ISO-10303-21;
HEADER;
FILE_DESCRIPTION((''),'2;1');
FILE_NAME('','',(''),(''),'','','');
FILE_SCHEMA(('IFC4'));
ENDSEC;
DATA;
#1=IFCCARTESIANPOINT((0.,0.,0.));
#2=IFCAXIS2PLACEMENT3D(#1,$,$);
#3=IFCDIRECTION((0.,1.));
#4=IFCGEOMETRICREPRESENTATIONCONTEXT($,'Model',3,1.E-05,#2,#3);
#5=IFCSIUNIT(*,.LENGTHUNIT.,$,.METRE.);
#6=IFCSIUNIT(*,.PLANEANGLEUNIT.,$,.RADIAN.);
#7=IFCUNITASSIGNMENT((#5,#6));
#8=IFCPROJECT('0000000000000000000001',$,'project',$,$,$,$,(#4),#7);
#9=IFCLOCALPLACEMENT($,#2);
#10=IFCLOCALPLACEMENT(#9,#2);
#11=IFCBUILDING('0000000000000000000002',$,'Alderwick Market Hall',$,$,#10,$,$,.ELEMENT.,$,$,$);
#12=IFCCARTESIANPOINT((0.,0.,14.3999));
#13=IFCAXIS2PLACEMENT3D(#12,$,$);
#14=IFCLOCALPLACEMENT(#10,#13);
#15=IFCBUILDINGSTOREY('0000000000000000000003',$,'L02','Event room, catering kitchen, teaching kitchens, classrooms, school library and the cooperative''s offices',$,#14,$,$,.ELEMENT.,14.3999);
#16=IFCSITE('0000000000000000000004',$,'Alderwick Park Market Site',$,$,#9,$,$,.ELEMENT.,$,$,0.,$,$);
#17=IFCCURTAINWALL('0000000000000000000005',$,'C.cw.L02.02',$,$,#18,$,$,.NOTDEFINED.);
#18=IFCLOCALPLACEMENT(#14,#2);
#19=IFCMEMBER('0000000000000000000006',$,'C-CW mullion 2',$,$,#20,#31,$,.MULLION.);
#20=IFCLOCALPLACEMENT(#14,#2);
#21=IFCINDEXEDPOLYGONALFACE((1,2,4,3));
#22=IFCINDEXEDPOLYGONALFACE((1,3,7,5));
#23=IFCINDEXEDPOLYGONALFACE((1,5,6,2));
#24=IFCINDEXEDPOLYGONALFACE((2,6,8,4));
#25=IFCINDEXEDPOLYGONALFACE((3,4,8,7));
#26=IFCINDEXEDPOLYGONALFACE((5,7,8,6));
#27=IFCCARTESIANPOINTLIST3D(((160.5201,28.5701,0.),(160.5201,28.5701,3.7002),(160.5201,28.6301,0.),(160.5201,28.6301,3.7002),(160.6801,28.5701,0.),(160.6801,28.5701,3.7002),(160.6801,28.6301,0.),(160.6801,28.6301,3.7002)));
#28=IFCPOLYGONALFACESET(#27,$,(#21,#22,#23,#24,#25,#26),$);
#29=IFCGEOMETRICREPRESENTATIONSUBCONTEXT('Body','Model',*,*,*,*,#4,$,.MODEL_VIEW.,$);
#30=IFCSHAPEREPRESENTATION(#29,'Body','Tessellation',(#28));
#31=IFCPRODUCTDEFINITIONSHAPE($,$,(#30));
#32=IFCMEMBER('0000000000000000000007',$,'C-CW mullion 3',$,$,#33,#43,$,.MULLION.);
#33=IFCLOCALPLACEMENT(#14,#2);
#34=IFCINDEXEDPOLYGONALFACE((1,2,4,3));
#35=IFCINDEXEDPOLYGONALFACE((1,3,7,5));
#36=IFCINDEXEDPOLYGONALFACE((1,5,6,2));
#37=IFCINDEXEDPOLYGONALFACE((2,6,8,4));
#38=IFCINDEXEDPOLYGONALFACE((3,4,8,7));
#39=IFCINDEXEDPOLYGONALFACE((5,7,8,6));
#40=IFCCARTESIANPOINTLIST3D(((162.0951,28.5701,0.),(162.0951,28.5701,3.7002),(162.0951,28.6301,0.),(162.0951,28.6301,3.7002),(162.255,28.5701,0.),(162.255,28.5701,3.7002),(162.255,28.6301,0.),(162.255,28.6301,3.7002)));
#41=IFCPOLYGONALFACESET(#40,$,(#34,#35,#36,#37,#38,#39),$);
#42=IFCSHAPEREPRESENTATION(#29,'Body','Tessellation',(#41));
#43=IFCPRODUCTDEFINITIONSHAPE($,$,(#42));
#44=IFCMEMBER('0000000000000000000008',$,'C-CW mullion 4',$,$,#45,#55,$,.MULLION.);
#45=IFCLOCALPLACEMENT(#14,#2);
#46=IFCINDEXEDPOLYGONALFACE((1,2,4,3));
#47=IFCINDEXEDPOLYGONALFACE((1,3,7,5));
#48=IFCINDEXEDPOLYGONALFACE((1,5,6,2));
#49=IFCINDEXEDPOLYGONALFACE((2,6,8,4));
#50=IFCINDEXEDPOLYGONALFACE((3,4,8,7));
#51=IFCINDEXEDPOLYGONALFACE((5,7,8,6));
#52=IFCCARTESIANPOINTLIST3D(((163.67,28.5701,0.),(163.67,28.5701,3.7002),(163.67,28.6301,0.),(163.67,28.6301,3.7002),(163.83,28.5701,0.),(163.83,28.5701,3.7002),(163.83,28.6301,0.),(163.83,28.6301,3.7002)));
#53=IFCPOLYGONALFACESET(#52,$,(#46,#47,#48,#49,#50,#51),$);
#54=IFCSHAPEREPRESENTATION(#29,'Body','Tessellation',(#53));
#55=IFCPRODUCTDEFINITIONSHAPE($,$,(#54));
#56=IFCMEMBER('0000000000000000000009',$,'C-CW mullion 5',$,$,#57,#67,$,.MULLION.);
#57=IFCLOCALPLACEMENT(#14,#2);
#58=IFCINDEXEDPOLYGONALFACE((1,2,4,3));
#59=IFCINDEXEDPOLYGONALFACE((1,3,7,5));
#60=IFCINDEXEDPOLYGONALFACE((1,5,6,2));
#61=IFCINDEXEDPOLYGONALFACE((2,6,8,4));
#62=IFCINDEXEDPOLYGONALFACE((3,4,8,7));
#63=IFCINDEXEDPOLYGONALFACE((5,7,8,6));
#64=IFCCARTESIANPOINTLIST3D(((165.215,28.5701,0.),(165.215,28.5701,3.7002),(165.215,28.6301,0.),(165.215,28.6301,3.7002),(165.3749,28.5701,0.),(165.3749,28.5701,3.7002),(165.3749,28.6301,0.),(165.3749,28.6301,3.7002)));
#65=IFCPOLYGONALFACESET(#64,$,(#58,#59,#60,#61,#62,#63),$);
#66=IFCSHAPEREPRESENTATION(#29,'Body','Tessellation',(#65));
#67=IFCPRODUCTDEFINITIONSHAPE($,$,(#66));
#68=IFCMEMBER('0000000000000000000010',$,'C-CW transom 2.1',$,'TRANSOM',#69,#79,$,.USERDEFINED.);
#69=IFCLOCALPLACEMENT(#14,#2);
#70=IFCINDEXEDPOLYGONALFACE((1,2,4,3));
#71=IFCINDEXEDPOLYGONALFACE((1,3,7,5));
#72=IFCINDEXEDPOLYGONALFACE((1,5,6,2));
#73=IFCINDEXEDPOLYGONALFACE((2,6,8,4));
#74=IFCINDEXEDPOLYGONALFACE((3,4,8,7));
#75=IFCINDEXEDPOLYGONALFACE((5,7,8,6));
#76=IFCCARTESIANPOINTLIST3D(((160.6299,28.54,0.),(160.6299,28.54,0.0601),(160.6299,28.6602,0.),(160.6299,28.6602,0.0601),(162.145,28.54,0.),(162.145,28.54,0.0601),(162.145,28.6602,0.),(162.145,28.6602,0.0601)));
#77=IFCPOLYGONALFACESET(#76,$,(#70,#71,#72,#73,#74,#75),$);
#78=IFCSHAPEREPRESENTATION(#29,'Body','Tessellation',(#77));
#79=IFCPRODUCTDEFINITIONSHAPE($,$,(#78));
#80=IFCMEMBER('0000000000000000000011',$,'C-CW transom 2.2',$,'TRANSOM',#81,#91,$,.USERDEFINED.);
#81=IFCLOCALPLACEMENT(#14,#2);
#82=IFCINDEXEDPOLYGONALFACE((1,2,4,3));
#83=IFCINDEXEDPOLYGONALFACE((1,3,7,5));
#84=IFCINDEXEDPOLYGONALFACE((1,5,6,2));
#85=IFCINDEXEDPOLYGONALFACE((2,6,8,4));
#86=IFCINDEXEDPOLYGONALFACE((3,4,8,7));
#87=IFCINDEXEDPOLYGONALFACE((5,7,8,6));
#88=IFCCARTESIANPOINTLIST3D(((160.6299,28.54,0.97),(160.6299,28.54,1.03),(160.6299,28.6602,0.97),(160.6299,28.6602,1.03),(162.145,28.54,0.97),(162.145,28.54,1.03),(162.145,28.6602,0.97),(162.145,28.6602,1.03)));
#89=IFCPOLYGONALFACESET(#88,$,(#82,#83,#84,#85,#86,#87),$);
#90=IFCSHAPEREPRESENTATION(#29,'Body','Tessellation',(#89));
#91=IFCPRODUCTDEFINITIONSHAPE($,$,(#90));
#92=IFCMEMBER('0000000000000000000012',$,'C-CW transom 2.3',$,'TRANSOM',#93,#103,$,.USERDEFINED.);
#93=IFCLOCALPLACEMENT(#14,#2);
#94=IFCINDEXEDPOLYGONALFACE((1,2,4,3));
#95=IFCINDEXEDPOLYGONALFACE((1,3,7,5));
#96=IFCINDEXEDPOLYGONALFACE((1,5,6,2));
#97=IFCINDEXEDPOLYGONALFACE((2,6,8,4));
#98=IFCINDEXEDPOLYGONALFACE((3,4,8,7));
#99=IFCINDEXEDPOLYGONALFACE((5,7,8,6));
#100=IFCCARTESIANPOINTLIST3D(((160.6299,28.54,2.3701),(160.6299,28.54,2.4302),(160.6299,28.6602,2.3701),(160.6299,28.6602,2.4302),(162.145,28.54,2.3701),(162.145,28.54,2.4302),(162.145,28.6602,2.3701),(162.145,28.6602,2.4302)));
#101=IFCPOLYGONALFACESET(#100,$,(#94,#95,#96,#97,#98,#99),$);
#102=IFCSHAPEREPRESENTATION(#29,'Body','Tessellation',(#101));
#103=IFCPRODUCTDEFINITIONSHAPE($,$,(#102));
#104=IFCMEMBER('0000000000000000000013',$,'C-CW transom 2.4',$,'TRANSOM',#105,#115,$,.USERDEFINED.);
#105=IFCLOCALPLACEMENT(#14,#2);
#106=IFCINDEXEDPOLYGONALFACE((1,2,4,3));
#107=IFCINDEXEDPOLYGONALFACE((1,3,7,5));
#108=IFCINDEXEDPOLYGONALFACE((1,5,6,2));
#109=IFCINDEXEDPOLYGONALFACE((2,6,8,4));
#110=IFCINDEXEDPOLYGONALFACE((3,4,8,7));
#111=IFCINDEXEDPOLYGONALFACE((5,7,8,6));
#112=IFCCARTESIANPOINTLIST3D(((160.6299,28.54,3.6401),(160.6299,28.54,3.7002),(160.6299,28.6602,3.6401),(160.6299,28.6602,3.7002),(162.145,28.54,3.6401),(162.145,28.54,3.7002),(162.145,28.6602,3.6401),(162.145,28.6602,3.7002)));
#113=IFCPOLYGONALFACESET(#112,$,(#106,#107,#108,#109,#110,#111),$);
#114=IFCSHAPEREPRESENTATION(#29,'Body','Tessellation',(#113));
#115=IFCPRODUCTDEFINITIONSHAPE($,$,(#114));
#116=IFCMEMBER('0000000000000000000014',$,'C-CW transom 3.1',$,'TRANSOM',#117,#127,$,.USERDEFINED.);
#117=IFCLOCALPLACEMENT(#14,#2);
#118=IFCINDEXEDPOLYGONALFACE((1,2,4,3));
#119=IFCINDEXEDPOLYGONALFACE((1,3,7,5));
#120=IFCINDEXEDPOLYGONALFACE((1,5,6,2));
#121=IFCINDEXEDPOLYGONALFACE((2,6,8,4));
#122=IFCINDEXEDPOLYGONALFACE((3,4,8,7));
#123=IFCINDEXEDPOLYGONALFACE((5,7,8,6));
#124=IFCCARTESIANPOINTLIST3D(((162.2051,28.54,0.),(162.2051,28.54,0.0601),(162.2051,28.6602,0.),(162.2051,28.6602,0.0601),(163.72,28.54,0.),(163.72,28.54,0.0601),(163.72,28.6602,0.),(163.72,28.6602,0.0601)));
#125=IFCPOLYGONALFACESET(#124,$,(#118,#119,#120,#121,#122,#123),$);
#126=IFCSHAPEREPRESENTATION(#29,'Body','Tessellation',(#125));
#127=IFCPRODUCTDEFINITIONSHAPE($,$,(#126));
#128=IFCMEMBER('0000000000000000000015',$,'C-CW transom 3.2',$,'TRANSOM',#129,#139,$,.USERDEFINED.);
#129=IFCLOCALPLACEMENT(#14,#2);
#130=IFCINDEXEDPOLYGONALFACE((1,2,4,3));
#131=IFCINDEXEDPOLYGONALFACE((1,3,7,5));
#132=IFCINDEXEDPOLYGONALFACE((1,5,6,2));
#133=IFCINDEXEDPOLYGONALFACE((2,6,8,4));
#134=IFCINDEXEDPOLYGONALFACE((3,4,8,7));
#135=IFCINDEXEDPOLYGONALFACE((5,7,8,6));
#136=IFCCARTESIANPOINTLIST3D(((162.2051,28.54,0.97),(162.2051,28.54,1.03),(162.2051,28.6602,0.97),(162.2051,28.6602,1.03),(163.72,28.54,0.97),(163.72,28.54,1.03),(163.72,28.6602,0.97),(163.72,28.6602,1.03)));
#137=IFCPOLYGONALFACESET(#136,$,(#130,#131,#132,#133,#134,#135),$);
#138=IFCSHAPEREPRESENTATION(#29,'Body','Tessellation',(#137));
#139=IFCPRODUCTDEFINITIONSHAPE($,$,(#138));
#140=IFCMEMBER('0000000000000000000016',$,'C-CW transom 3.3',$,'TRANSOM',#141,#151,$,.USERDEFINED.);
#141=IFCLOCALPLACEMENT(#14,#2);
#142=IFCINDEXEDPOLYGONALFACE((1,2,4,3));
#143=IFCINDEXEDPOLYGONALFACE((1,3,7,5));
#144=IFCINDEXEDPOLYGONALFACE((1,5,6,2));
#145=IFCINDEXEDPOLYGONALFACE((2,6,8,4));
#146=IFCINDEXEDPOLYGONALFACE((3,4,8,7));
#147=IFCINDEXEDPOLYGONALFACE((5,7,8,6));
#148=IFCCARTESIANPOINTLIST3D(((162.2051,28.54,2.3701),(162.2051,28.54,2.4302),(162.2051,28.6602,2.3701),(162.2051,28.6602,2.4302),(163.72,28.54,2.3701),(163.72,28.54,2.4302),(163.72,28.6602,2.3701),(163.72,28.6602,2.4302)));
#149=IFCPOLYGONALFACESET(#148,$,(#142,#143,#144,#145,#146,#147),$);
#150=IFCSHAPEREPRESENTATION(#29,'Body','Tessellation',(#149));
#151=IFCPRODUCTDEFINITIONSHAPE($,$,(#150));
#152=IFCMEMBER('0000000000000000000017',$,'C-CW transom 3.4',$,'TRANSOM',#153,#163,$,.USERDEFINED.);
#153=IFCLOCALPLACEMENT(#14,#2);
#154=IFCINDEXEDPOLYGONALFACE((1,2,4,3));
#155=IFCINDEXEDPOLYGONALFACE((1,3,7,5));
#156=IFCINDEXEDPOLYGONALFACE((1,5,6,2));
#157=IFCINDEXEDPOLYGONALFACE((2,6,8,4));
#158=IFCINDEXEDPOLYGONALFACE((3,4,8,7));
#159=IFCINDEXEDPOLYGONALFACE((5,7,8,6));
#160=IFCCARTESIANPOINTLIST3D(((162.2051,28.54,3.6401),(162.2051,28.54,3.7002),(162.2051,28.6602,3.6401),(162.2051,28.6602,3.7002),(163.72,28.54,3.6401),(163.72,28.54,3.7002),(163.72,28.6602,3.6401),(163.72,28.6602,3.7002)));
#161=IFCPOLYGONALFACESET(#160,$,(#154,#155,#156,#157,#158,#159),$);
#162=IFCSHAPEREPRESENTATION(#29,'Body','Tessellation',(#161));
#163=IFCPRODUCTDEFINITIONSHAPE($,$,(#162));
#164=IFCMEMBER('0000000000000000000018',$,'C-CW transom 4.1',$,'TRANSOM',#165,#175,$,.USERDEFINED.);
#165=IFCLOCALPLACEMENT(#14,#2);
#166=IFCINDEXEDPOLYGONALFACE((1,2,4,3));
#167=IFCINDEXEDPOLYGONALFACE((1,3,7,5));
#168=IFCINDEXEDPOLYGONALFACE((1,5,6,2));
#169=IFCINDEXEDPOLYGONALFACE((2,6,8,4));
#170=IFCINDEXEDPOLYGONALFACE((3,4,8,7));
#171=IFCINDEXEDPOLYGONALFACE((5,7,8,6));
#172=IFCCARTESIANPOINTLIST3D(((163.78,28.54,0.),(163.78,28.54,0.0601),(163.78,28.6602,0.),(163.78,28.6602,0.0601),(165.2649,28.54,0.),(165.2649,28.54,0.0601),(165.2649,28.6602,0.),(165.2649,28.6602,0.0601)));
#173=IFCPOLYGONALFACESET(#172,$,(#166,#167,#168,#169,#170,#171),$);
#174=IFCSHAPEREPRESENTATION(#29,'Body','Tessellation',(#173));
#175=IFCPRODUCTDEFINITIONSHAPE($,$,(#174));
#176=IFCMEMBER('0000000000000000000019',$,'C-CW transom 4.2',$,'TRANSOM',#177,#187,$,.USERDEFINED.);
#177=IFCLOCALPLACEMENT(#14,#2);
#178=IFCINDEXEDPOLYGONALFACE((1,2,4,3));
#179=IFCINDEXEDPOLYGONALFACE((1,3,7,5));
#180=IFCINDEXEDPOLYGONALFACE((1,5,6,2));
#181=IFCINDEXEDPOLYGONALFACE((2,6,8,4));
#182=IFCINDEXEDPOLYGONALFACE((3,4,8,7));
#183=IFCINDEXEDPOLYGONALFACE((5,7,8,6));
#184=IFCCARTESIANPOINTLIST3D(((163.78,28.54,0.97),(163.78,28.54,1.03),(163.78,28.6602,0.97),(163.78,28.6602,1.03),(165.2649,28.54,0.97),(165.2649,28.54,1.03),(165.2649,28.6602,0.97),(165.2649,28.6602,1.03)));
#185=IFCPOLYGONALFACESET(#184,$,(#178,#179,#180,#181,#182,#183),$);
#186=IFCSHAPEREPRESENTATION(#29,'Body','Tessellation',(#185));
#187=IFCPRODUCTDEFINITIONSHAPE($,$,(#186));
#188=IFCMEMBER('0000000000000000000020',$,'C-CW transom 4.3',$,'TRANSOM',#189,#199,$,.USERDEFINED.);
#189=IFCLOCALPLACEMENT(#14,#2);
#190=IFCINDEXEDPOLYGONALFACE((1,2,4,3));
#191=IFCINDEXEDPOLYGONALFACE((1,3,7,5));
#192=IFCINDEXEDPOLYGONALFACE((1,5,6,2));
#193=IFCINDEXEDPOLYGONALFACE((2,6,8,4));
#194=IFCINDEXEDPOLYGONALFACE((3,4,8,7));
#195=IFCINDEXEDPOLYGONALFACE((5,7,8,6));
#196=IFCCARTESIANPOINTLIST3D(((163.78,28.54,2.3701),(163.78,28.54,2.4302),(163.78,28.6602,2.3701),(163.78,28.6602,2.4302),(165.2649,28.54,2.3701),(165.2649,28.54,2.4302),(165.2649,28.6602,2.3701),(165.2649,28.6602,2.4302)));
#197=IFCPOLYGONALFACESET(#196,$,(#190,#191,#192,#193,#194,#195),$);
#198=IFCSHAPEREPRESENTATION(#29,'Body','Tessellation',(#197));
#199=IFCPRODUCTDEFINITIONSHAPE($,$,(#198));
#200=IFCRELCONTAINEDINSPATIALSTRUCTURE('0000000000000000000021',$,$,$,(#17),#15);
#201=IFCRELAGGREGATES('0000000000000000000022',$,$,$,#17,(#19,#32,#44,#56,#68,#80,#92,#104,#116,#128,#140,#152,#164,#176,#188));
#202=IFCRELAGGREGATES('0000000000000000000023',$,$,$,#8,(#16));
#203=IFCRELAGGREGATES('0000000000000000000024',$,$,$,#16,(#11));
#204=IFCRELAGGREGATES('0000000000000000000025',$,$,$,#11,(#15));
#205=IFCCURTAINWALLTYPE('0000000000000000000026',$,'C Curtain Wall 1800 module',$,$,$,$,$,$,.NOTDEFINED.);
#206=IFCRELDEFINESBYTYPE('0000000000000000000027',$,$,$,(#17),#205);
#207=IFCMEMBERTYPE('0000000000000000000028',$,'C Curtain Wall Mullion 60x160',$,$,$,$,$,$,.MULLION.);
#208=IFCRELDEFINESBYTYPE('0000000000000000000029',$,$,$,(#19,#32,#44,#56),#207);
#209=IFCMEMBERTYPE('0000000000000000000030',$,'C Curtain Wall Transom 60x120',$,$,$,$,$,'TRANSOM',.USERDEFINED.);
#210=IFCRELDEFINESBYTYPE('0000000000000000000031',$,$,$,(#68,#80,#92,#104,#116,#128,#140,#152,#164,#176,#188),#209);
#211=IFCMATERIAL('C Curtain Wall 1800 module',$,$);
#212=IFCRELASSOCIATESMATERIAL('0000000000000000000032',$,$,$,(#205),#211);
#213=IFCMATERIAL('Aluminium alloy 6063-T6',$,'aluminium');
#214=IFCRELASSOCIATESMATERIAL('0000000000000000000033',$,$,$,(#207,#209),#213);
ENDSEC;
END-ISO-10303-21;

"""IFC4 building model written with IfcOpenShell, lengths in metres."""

from ifc_helpers import new_model, si_unit, direction, frame, origin, origin_2d, place, context, subcontext, project, spatial, rectangle, extrude, material, material_profile, profile_set, type_object, element, aggregate, save


model = new_model("IFC4")

# Units and contexts
model_context = context("Model", 3, precision=1e-05, world=origin(), true_north=direction((0.0, 1.0)))
body_context = subcontext(model_context, "Body", "Model", "MODEL_VIEW")
ifc_project = project(units=[si_unit("LENGTHUNIT", "METRE"), si_unit("PLANEANGLEUNIT", "RADIAN")], contexts=[model_context])

# Site, building, storey
site_placement = place(None, origin())
site = spatial("IfcSite", under=ifc_project, at=site_placement, Name="Alderwick Park Market Site", CompositionType="ELEMENT", RefElevation=0.0)
building_placement = place(site_placement, origin())
building = spatial("IfcBuilding", under=site, at=building_placement, Name="Alderwick Market Hall", CompositionType="ELEMENT")
storey_placement = place(building_placement, frame((0.0, 0.0, 14.3999)))
storey = spatial("IfcBuildingStorey", under=building, at=storey_placement, Name="L02", Description="Event room, catering kitchen, teaching kitchens, classrooms, school library and the cooperative's offices", CompositionType="ELEMENT", Elevation=14.3999)

# Curtain wall, members
ifc_material_1 = material(Name="C Curtain Wall 1800 module")
curtain_wall_type = type_object("IfcCurtainWallType", Name="C Curtain Wall 1800 module", PredefinedType="NOTDEFINED", material=ifc_material_1)
curtain_wall_placement = place(storey_placement, origin())
curtain_wall = element("IfcCurtainWall", 1, at=curtain_wall_placement, inside=storey, type_object=curtain_wall_type, Name="C.cw.L02.02", PredefinedType="NOTDEFINED")
ifc_material_2 = material(Name="Aluminium alloy 6063-T6", Category="aluminium")
ifc_material_profile_1 = material_profile(ifc_material_2, rectangle(XDim=0.0601, YDim=0.1599, at=origin_2d()), Name="AL 60x160")
ifc_profile_set_1 = profile_set([ifc_material_profile_1], Name="Aluminium alloy 6063-T6")
member_type_1 = type_object("IfcMemberType", Name="C Curtain Wall Mullion 60x160", PredefinedType="MULLION", material=ifc_profile_set_1)
member_1_placement = place(storey_placement, frame((160.6001, 28.6001, 0.0), z_axis=(0.0, 0.0, 1.0), x_axis=(0.0, 1.0, 0.0)))
member_1 = element("IfcMember", 2, at=member_1_placement, type_object=member_type_1, Name="C-CW mullion 2", PredefinedType="MULLION", context=body_context, shape_type="SweptSolid", body=[
    extrude(rectangle(XDim=0.0601, YDim=0.1599, at=origin_2d()), origin(), (0.0, 0.0, 1.0), 3.7002),
])
member_2_placement = place(storey_placement, frame((162.175, 28.6001, 0.0), z_axis=(0.0, 0.0, 1.0), x_axis=(0.0, 1.0, 0.0)))
member_2 = element("IfcMember", 3, at=member_2_placement, type_object=member_type_1, Name="C-CW mullion 3", PredefinedType="MULLION", context=body_context, shape_type="SweptSolid", body=[
    extrude(rectangle(XDim=0.0601, YDim=0.1599, at=origin_2d()), origin(), (0.0, 0.0, 1.0), 3.7002),
])
member_3_placement = place(storey_placement, frame((163.75, 28.6001, 0.0), z_axis=(0.0, 0.0, 1.0), x_axis=(0.0, 1.0, 0.0)))
member_3 = element("IfcMember", 4, at=member_3_placement, type_object=member_type_1, Name="C-CW mullion 4", PredefinedType="MULLION", context=body_context, shape_type="SweptSolid", body=[
    extrude(rectangle(XDim=0.0601, YDim=0.1599, at=origin_2d()), origin(), (0.0, 0.0, 1.0), 3.7002),
])
member_4_placement = place(storey_placement, frame((165.2949, 28.6001, 0.0), z_axis=(0.0, 0.0, 1.0), x_axis=(0.0, 1.0, 0.0)))
member_4 = element("IfcMember", 5, at=member_4_placement, type_object=member_type_1, Name="C-CW mullion 5", PredefinedType="MULLION", context=body_context, shape_type="SweptSolid", body=[
    extrude(rectangle(XDim=0.0601, YDim=0.1599, at=origin_2d()), origin(), (0.0, 0.0, 1.0), 3.7002),
])
ifc_material_profile_2 = material_profile(ifc_material_2, rectangle(XDim=0.1201, YDim=0.0601, at=origin_2d()), Name="AL 60x120")
ifc_profile_set_2 = profile_set([ifc_material_profile_2], Name="Aluminium alloy 6063-T6")
member_type_2 = type_object("IfcMemberType", Name="C Curtain Wall Transom 60x120", ElementType="TRANSOM", PredefinedType="USERDEFINED", material=ifc_profile_set_2)
member_5_placement = place(storey_placement, frame((160.6299, 28.6001, 0.03), z_axis=(1.0, 0.0, 0.0), x_axis=(0.0, 1.0, 0.0)))
member_5 = element("IfcMember", 6, at=member_5_placement, type_object=member_type_2, Name="C-CW transom 2.1", ObjectType="TRANSOM", PredefinedType="USERDEFINED", context=body_context, shape_type="SweptSolid", body=[
    extrude(rectangle(XDim=0.1201, YDim=0.0601, at=origin_2d()), origin(), (0.0, 0.0, 1.0), 1.5151),
])
member_6_placement = place(storey_placement, frame((160.6299, 28.6001, 1.0), z_axis=(1.0, 0.0, 0.0), x_axis=(0.0, 1.0, 0.0)))
member_6 = element("IfcMember", 7, at=member_6_placement, type_object=member_type_2, Name="C-CW transom 2.2", ObjectType="TRANSOM", PredefinedType="USERDEFINED", context=body_context, shape_type="SweptSolid", body=[
    extrude(rectangle(XDim=0.1201, YDim=0.0601, at=origin_2d()), origin(), (0.0, 0.0, 1.0), 1.5151),
])
member_7_placement = place(storey_placement, frame((160.6299, 28.6001, 2.4001), z_axis=(1.0, 0.0, 0.0), x_axis=(0.0, 1.0, 0.0)))
member_7 = element("IfcMember", 8, at=member_7_placement, type_object=member_type_2, Name="C-CW transom 2.3", ObjectType="TRANSOM", PredefinedType="USERDEFINED", context=body_context, shape_type="SweptSolid", body=[
    extrude(rectangle(XDim=0.1201, YDim=0.0601, at=origin_2d()), origin(), (0.0, 0.0, 1.0), 1.5151),
])
member_8_placement = place(storey_placement, frame((160.6299, 28.6001, 3.6702), z_axis=(1.0, 0.0, 0.0), x_axis=(0.0, 1.0, 0.0)))
member_8 = element("IfcMember", 9, at=member_8_placement, type_object=member_type_2, Name="C-CW transom 2.4", ObjectType="TRANSOM", PredefinedType="USERDEFINED", context=body_context, shape_type="SweptSolid", body=[
    extrude(rectangle(XDim=0.1201, YDim=0.0601, at=origin_2d()), origin(), (0.0, 0.0, 1.0), 1.5151),
])
member_9_placement = place(storey_placement, frame((162.2051, 28.6001, 0.03), z_axis=(1.0, 0.0, 0.0), x_axis=(0.0, 1.0, 0.0)))
member_9 = element("IfcMember", 10, at=member_9_placement, type_object=member_type_2, Name="C-CW transom 3.1", ObjectType="TRANSOM", PredefinedType="USERDEFINED", context=body_context, shape_type="SweptSolid", body=[
    extrude(rectangle(XDim=0.1201, YDim=0.0601, at=origin_2d()), origin(), (0.0, 0.0, 1.0), 1.5149),
])
member_10_placement = place(storey_placement, frame((162.2051, 28.6001, 1.0), z_axis=(1.0, 0.0, 0.0), x_axis=(0.0, 1.0, 0.0)))
member_10 = element("IfcMember", 11, at=member_10_placement, type_object=member_type_2, Name="C-CW transom 3.2", ObjectType="TRANSOM", PredefinedType="USERDEFINED", context=body_context, shape_type="SweptSolid", body=[
    extrude(rectangle(XDim=0.1201, YDim=0.0601, at=origin_2d()), origin(), (0.0, 0.0, 1.0), 1.5149),
])
member_11_placement = place(storey_placement, frame((162.2051, 28.6001, 2.4001), z_axis=(1.0, 0.0, 0.0), x_axis=(0.0, 1.0, 0.0)))
member_11 = element("IfcMember", 12, at=member_11_placement, type_object=member_type_2, Name="C-CW transom 3.3", ObjectType="TRANSOM", PredefinedType="USERDEFINED", context=body_context, shape_type="SweptSolid", body=[
    extrude(rectangle(XDim=0.1201, YDim=0.0601, at=origin_2d()), origin(), (0.0, 0.0, 1.0), 1.5149),
])
member_12_placement = place(storey_placement, frame((162.2051, 28.6001, 3.6702), z_axis=(1.0, 0.0, 0.0), x_axis=(0.0, 1.0, 0.0)))
member_12 = element("IfcMember", 13, at=member_12_placement, type_object=member_type_2, Name="C-CW transom 3.4", ObjectType="TRANSOM", PredefinedType="USERDEFINED", context=body_context, shape_type="SweptSolid", body=[
    extrude(rectangle(XDim=0.1201, YDim=0.0601, at=origin_2d()), origin(), (0.0, 0.0, 1.0), 1.5149),
])
member_13_placement = place(storey_placement, frame((163.78, 28.6001, 0.03), z_axis=(1.0, 0.0, 0.0), x_axis=(0.0, 1.0, 0.0)))
member_13 = element("IfcMember", 14, at=member_13_placement, type_object=member_type_2, Name="C-CW transom 4.1", ObjectType="TRANSOM", PredefinedType="USERDEFINED", context=body_context, shape_type="SweptSolid", body=[
    extrude(rectangle(XDim=0.1201, YDim=0.0601, at=origin_2d()), origin(), (0.0, 0.0, 1.0), 1.4849),
])
member_14_placement = place(storey_placement, frame((163.78, 28.6001, 1.0), z_axis=(1.0, 0.0, 0.0), x_axis=(0.0, 1.0, 0.0)))
member_14 = element("IfcMember", 15, at=member_14_placement, type_object=member_type_2, Name="C-CW transom 4.2", ObjectType="TRANSOM", PredefinedType="USERDEFINED", context=body_context, shape_type="SweptSolid", body=[
    extrude(rectangle(XDim=0.1201, YDim=0.0601, at=origin_2d()), origin(), (0.0, 0.0, 1.0), 1.4849),
])
member_15_placement = place(storey_placement, frame((163.78, 28.6001, 2.4001), z_axis=(1.0, 0.0, 0.0), x_axis=(0.0, 1.0, 0.0)))
member_15 = element("IfcMember", 16, at=member_15_placement, type_object=member_type_2, Name="C-CW transom 4.3", ObjectType="TRANSOM", PredefinedType="USERDEFINED", context=body_context, shape_type="SweptSolid", body=[
    extrude(rectangle(XDim=0.1201, YDim=0.0601, at=origin_2d()), origin(), (0.0, 0.0, 1.0), 1.4849),
])
aggregate(curtain_wall, [member_1, member_2, member_3, member_4, member_5, member_6, member_7, member_8, member_9, member_10, member_11, member_12, member_13, member_14, member_15])

save(model, "model.ifc")
